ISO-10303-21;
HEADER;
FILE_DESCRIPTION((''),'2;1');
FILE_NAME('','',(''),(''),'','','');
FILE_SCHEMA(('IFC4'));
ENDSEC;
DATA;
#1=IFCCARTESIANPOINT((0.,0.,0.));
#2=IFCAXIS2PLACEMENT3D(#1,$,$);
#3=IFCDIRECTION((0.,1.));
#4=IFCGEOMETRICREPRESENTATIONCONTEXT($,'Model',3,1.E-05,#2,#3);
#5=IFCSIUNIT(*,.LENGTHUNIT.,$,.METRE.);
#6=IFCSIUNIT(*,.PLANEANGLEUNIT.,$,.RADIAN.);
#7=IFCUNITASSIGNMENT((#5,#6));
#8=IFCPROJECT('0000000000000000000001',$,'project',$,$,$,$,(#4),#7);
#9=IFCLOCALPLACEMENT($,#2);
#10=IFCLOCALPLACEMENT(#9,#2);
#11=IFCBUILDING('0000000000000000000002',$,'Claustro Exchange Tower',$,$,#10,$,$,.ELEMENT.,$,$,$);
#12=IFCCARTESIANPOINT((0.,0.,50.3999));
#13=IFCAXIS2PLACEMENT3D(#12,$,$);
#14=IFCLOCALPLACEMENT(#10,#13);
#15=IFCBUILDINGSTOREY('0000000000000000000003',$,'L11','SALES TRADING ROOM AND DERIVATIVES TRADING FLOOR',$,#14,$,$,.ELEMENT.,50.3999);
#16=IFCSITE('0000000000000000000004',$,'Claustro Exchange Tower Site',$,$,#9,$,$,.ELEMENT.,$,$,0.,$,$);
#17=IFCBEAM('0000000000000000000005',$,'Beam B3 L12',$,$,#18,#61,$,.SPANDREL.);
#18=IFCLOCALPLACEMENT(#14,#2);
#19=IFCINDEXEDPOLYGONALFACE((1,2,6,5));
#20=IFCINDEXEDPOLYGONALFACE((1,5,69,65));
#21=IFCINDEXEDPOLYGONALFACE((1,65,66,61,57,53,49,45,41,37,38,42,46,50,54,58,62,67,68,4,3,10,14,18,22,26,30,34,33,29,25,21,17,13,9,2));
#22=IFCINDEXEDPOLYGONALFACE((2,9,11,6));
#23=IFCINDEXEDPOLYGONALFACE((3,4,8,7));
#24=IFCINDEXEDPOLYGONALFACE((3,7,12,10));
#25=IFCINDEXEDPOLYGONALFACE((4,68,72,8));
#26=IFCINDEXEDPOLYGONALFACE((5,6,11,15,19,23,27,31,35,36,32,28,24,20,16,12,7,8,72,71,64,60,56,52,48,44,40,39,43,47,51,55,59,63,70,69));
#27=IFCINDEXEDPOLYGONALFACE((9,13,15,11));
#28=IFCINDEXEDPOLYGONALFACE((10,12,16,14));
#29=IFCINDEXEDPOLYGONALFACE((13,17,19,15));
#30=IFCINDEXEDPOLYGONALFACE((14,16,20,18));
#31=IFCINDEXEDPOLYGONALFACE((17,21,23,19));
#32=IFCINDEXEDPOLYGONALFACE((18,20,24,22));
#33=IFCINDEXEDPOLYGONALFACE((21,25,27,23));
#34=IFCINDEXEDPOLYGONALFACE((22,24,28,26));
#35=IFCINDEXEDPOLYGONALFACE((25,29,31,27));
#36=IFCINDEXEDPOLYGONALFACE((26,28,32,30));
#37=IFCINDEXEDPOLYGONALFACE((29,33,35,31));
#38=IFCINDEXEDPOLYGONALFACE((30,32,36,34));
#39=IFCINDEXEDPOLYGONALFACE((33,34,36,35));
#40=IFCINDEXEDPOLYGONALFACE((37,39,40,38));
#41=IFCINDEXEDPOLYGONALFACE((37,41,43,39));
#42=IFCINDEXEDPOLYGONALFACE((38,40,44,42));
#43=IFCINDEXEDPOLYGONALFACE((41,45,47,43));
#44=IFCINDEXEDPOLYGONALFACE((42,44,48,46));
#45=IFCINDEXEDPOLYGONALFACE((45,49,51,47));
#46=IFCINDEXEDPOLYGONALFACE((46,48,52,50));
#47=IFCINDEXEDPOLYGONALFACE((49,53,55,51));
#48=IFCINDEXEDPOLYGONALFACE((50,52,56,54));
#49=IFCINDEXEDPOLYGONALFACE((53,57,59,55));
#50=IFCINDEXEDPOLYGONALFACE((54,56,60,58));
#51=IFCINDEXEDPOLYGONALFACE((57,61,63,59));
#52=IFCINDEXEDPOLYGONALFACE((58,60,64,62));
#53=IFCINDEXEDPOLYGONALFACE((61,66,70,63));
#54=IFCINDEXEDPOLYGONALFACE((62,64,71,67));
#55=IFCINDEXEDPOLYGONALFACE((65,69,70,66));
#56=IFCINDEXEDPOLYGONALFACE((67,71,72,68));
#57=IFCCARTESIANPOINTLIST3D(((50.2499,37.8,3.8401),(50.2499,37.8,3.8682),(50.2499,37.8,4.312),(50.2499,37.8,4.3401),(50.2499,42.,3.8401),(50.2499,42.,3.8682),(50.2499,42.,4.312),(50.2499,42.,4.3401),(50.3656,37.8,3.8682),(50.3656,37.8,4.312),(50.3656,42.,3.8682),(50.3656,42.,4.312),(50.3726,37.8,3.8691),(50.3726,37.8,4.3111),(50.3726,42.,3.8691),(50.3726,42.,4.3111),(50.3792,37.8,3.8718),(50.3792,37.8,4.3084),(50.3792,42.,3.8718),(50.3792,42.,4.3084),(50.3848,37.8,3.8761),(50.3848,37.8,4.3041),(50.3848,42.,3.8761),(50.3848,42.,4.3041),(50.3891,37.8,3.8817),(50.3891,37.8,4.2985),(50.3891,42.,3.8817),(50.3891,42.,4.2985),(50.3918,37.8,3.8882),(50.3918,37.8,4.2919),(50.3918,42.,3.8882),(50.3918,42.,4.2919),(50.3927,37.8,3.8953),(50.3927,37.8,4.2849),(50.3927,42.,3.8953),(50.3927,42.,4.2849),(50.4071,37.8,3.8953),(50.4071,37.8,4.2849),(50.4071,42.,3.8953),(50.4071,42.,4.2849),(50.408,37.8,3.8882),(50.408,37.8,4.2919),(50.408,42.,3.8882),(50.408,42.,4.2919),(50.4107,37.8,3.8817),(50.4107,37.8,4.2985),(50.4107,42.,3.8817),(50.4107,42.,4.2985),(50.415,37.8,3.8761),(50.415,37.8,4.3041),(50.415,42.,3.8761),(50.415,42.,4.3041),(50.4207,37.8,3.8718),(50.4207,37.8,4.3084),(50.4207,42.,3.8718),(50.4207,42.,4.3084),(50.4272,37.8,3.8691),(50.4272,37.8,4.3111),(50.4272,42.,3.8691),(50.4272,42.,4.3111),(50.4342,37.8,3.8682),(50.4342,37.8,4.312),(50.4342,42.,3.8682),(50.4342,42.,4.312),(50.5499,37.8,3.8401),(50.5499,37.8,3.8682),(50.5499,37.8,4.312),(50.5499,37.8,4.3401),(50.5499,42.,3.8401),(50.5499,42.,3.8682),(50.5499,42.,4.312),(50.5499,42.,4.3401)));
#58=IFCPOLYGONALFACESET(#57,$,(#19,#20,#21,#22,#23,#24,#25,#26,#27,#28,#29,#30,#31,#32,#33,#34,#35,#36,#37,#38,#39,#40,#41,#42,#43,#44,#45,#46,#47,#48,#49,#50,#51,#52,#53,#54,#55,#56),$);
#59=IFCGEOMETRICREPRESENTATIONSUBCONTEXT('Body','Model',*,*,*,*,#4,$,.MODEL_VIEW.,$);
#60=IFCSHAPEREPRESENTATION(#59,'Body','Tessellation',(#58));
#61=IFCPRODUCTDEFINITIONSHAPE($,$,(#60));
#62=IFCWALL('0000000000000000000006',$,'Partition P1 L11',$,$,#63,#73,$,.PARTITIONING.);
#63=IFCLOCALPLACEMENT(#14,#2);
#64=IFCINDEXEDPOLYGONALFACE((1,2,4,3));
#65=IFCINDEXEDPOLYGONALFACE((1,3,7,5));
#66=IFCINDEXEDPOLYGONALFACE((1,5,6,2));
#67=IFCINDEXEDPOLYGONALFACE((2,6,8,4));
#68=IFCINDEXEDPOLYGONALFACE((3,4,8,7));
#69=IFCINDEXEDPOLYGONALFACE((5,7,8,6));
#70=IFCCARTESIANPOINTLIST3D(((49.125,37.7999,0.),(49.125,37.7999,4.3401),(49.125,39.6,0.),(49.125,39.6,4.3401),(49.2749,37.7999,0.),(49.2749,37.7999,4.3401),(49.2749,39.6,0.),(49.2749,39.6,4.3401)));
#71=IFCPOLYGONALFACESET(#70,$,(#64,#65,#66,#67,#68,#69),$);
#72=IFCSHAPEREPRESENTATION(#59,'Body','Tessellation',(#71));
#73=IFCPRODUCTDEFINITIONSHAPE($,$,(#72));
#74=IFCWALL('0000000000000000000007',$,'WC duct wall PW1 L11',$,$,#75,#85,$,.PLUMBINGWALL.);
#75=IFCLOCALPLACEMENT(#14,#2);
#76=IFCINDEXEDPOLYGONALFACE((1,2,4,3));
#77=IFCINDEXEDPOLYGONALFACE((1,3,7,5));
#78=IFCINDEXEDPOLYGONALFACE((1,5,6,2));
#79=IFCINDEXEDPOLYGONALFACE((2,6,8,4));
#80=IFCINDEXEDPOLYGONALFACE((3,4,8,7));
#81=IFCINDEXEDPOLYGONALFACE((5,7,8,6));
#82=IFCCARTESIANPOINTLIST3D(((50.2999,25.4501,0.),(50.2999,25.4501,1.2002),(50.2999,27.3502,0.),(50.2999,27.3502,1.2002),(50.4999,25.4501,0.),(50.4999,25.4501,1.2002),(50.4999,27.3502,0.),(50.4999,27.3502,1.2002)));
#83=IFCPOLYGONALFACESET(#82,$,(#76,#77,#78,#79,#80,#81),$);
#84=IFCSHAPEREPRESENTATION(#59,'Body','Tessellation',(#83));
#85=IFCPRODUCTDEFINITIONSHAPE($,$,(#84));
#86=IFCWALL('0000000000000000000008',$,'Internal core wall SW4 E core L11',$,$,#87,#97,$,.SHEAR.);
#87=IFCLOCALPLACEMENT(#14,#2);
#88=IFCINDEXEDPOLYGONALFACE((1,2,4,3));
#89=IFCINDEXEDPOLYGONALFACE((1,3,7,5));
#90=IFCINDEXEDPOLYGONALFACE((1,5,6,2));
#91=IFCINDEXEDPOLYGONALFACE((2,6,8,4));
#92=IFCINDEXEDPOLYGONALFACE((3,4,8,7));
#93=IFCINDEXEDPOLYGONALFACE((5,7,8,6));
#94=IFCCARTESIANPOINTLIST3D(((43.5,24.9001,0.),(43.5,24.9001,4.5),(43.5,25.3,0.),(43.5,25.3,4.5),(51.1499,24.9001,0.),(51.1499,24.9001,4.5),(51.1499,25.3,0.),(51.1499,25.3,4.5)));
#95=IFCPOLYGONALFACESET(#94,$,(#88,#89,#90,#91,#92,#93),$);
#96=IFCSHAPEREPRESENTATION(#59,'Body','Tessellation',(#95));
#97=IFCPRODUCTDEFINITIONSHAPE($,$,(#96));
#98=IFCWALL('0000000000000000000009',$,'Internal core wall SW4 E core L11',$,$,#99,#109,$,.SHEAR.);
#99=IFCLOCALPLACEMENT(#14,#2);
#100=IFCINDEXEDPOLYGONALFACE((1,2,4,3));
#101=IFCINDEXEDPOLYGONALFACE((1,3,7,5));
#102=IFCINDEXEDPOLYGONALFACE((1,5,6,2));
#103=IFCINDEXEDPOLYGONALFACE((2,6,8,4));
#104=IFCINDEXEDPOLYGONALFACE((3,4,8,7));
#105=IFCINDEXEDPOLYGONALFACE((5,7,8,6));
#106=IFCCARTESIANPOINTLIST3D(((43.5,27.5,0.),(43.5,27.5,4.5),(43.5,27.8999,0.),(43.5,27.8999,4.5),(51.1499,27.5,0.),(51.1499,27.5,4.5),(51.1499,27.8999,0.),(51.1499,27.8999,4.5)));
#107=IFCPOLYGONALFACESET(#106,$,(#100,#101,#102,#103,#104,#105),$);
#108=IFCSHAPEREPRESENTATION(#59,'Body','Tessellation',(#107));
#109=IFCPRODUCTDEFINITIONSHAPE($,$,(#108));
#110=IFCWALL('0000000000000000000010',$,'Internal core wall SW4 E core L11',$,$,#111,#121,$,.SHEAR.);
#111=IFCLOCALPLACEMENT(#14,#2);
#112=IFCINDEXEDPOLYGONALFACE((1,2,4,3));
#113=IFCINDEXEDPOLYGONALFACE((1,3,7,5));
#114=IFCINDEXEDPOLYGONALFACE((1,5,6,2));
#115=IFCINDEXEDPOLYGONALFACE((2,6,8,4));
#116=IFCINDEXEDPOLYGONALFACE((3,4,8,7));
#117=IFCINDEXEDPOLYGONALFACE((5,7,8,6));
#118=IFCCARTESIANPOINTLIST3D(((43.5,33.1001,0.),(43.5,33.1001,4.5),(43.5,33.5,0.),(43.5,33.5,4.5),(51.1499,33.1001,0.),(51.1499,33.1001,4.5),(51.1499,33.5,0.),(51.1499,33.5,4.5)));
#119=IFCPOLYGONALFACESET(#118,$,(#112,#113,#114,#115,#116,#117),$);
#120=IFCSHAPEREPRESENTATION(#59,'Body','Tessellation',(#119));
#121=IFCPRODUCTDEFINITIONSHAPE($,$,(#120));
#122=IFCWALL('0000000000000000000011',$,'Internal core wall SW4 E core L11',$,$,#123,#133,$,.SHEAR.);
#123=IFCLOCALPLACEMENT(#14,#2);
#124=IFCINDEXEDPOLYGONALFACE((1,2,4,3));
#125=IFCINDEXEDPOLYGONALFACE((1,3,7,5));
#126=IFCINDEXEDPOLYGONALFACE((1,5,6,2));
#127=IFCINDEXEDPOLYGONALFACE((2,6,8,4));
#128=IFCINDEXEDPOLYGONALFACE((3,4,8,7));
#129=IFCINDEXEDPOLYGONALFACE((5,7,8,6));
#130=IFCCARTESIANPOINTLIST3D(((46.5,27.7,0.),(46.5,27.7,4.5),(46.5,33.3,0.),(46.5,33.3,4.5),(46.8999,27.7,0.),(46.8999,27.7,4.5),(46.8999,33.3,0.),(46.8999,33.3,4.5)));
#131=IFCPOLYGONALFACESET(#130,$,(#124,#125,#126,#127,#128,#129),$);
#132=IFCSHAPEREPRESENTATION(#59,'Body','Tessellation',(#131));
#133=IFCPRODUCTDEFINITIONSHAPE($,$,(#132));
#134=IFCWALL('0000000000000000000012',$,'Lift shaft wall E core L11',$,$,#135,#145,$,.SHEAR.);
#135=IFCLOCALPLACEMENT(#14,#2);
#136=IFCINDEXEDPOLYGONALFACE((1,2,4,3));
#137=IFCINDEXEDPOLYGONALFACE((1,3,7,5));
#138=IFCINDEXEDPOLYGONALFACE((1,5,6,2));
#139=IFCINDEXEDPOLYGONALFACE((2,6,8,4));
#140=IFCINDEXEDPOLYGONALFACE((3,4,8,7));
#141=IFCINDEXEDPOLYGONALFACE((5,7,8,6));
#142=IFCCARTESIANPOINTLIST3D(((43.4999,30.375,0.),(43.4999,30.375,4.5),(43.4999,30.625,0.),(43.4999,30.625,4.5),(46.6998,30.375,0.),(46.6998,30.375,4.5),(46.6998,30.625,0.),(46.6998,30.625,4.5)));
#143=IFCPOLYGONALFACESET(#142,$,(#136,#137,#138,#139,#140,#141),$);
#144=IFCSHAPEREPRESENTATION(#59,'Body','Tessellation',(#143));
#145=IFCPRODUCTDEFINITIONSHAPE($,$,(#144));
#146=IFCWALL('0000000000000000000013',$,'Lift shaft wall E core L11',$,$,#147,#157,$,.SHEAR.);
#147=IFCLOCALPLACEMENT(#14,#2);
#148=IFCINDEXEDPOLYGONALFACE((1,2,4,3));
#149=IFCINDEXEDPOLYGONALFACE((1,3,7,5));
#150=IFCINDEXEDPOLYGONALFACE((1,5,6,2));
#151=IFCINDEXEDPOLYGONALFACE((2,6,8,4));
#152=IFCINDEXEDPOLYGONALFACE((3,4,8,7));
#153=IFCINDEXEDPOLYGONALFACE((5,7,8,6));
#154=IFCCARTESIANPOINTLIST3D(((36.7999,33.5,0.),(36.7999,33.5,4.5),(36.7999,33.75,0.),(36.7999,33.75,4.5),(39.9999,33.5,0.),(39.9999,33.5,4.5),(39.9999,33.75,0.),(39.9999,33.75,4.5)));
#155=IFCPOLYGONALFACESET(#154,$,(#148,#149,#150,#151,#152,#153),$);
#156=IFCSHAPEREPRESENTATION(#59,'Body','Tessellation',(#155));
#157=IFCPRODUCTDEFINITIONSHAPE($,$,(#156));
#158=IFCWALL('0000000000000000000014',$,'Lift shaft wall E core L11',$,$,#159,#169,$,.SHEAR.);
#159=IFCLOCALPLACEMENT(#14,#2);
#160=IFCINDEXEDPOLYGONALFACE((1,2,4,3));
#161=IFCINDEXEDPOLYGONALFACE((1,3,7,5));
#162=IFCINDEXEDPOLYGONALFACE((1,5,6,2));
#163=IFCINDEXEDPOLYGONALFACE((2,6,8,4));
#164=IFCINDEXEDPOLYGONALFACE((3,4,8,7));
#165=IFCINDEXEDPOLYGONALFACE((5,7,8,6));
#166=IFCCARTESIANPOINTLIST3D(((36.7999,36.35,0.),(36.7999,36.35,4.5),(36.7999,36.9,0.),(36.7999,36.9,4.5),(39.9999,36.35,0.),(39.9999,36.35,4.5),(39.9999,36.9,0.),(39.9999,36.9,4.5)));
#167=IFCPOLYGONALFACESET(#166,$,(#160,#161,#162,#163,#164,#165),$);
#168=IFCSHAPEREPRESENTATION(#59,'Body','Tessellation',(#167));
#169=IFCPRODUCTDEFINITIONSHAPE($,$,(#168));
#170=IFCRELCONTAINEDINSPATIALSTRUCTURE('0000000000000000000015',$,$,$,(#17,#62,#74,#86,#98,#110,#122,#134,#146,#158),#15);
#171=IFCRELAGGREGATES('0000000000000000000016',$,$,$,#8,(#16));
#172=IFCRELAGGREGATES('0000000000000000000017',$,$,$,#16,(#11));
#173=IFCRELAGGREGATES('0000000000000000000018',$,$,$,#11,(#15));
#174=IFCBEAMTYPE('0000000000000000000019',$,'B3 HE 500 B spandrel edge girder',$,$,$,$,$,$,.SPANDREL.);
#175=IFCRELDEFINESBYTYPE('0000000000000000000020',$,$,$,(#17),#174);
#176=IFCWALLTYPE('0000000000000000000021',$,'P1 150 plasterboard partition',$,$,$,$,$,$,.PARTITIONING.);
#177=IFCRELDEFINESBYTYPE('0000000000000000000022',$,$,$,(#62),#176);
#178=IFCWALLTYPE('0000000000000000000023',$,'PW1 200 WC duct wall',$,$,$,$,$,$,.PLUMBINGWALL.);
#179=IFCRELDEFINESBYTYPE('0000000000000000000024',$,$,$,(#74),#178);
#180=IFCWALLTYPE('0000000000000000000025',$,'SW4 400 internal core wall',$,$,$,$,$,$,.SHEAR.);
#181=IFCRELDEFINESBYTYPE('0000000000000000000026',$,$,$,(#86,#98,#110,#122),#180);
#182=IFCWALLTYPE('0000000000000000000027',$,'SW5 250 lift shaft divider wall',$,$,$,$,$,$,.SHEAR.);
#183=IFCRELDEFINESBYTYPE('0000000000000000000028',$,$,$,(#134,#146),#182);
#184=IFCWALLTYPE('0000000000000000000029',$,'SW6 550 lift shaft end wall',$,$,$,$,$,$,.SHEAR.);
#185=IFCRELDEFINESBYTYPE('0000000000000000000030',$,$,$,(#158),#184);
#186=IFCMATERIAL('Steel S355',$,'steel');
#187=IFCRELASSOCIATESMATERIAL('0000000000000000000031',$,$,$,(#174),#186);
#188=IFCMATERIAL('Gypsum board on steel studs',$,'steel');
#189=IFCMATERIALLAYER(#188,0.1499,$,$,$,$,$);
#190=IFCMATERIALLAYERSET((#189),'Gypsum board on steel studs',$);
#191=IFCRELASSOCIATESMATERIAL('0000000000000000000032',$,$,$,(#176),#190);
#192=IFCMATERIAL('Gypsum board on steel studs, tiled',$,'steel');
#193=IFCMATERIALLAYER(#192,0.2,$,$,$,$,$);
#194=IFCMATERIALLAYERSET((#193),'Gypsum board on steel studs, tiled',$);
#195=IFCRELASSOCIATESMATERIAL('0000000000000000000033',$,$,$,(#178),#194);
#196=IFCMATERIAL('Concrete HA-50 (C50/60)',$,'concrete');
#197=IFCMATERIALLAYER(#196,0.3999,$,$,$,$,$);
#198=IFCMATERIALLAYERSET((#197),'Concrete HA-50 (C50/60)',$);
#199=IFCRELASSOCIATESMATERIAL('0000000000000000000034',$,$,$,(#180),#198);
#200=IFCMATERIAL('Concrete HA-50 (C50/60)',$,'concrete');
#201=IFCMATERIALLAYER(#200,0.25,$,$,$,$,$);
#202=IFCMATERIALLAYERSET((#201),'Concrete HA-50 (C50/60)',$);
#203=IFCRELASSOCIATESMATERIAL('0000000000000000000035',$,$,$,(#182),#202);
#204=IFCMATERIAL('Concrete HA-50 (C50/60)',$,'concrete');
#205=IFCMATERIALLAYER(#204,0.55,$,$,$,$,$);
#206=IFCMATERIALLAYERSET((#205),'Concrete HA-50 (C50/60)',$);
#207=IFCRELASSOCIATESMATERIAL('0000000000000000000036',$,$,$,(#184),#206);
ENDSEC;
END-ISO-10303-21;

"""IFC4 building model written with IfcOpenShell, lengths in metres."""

from ifc_helpers import new_model, si_unit, direction, frame, frame_2d, origin, origin_2d, place, context, subcontext, project, spatial, rectangle, i_section, extrude, material, layer, layer_set, material_profile, profile_set, type_object, element, save


model = new_model("IFC4")

# Units and contexts
model_context = context("Model", 3, precision=1e-05, world=origin(), true_north=direction((0.0, 1.0)))
body_context = subcontext(model_context, "Body", "Model", "MODEL_VIEW")
ifc_project = project(units=[si_unit("LENGTHUNIT", "METRE"), si_unit("PLANEANGLEUNIT", "RADIAN")], contexts=[model_context])

# Site, building, storey
site_placement = place(None, origin())
site = spatial("IfcSite", under=ifc_project, at=site_placement, Name="Claustro Exchange Tower Site", CompositionType="ELEMENT", RefElevation=0.0)
building_placement = place(site_placement, origin())
building = spatial("IfcBuilding", under=site, at=building_placement, Name="Claustro Exchange Tower", CompositionType="ELEMENT")
storey_placement = place(building_placement, frame((0.0, 0.0, 50.3999)))
storey = spatial("IfcBuildingStorey", under=building, at=storey_placement, Name="L11", Description="SALES TRADING ROOM AND DERIVATIVES TRADING FLOOR", CompositionType="ELEMENT", Elevation=50.3999)

# Beam
ifc_material_1 = material(Name="Steel S355", Category="steel")
ifc_material_profile_1 = material_profile(ifc_material_1, i_section(OverallWidth=0.3, OverallDepth=0.5, WebThickness=0.0144, FlangeThickness=0.0281, FilletRadius=0.0271, at=origin_2d()), Name="HE 500 B")
ifc_profile_set_1 = profile_set([ifc_material_profile_1], Name="Steel S355")
beam_type_1 = type_object("IfcBeamType", Name="B3 HE 500 B spandrel edge girder", PredefinedType="SPANDREL", material=ifc_profile_set_1)
beam_1_placement = place(storey_placement, frame((50.3999, 37.8, 4.0901), z_axis=(0.0, 1.0, 0.0), x_axis=(-1.0, 0.0, 0.0)))
element("IfcBeam", 1, at=beam_1_placement, inside=storey, type_object=beam_type_1, Name="Beam B3 L12", PredefinedType="SPANDREL", context=body_context, shape_type="SweptSolid", body=[
    extrude(i_section(OverallWidth=0.3, OverallDepth=0.5, WebThickness=0.0144, FlangeThickness=0.0281, FilletRadius=0.0271, at=origin_2d()), origin(), (0.0, 0.0, 1.0), 4.2),
])

# Walls
ifc_material_2 = material(Name="Gypsum board on steel studs", Category="steel")
ifc_layer_1 = layer(ifc_material_2, 0.1499)
ifc_layer_set_1 = layer_set([ifc_layer_1], Name="Gypsum board on steel studs")
wall_type_1 = type_object("IfcWallType", Name="P1 150 plasterboard partition", PredefinedType="PARTITIONING", material=ifc_layer_set_1)
wall_1_placement = place(storey_placement, frame((49.2, 37.8, 0.0), z_axis=(0.0, 0.0, 1.0), x_axis=(0.0, 1.0, 0.0)))
element("IfcWall", 2, at=wall_1_placement, inside=storey, type_object=wall_type_1, Name="Partition P1 L11", PredefinedType="PARTITIONING", context=body_context, shape_type="SweptSolid", body=[
    extrude(rectangle(XDim=1.8, YDim=0.1499, at=frame_2d((0.8999, 0.0))), origin(), (0.0, 0.0, 1.0), 4.3401),
])
ifc_material_3 = material(Name="Gypsum board on steel studs, tiled", Category="steel")
ifc_layer_2 = layer(ifc_material_3, 0.2)
ifc_layer_set_2 = layer_set([ifc_layer_2], Name="Gypsum board on steel studs, tiled")
wall_type_2 = type_object("IfcWallType", Name="PW1 200 WC duct wall", PredefinedType="PLUMBINGWALL", material=ifc_layer_set_2)
wall_2_placement = place(storey_placement, frame((50.3999, 25.45, 0.0), z_axis=(0.0, 0.0, 1.0), x_axis=(0.0, 1.0, 0.0)))
element("IfcWall", 3, at=wall_2_placement, inside=storey, type_object=wall_type_2, Name="WC duct wall PW1 L11", PredefinedType="PLUMBINGWALL", context=body_context, shape_type="SweptSolid", body=[
    extrude(rectangle(XDim=1.9001, YDim=0.2, at=frame_2d((0.9502, 0.0))), origin(), (0.0, 0.0, 1.0), 1.2002),
])
ifc_material_4 = material(Name="Concrete HA-50 (C50/60)", Category="concrete")
ifc_layer_3 = layer(ifc_material_4, 0.3999)
ifc_layer_set_3 = layer_set([ifc_layer_3], Name="Concrete HA-50 (C50/60)")
wall_type_3 = type_object("IfcWallType", Name="SW4 400 internal core wall", PredefinedType="SHEAR", material=ifc_layer_set_3)
for number, where, z_axis, x_axis, name in (
    (4, (51.1499, 25.1001, 0.0), (0.0, 0.0, 1.0), (-1.0, 0.0, 0.0), "Internal core wall SW4 E core L11"),
    (5, (51.1499, 27.7, 0.0), (0.0, 0.0, 1.0), (-1.0, 0.0, 0.0), "Internal core wall SW4 E core L11"),
    (6, (51.1499, 33.3, 0.0), (0.0, 0.0, 1.0), (-1.0, 0.0, 0.0), "Internal core wall SW4 E core L11"),
):
    element("IfcWall", number, at=place(storey_placement, frame(where, z_axis=z_axis, x_axis=x_axis)), inside=storey, type_object=wall_type_3, Name=name, PredefinedType="SHEAR", context=body_context, shape_type="SweptSolid", body=[
        extrude(rectangle(XDim=7.6499, YDim=0.3999, at=frame_2d((3.825, 0.0))), origin(), (0.0, 0.0, 1.0), 4.5),
    ])
wall_3_placement = place(storey_placement, frame((46.7, 27.7, 0.0), z_axis=(0.0, 0.0, 1.0), x_axis=(0.0, 1.0, 0.0)))
element("IfcWall", 7, at=wall_3_placement, inside=storey, type_object=wall_type_3, Name="Internal core wall SW4 E core L11", PredefinedType="SHEAR", context=body_context, shape_type="SweptSolid", body=[
    extrude(rectangle(XDim=5.6001, YDim=0.3999, at=frame_2d((2.8, 0.0))), origin(), (0.0, 0.0, 1.0), 4.5),
])
ifc_material_5 = material(Name="Concrete HA-50 (C50/60)", Category="concrete")
ifc_layer_4 = layer(ifc_material_5, 0.25)
ifc_layer_set_4 = layer_set([ifc_layer_4], Name="Concrete HA-50 (C50/60)")
wall_type_4 = type_object("IfcWallType", Name="SW5 250 lift shaft divider wall", PredefinedType="SHEAR", material=ifc_layer_set_4)
for number, where, z_axis, x_axis, name in (
    (8, (46.7, 30.5, 0.0), (0.0, 0.0, 1.0), (-1.0, 0.0, 0.0), "Lift shaft wall E core L11"),
    (9, (40.0, 33.625, 0.0), (0.0, 0.0, 1.0), (-1.0, 0.0, 0.0), "Lift shaft wall E core L11"),
):
    element("IfcWall", number, at=place(storey_placement, frame(where, z_axis=z_axis, x_axis=x_axis)), inside=storey, type_object=wall_type_4, Name=name, PredefinedType="SHEAR", context=body_context, shape_type="SweptSolid", body=[
        extrude(rectangle(XDim=3.2, YDim=0.25, at=frame_2d((1.6001, 0.0))), origin(), (0.0, 0.0, 1.0), 4.5),
    ])
ifc_material_6 = material(Name="Concrete HA-50 (C50/60)", Category="concrete")
ifc_layer_5 = layer(ifc_material_6, 0.55)
ifc_layer_set_5 = layer_set([ifc_layer_5], Name="Concrete HA-50 (C50/60)")
wall_type_5 = type_object("IfcWallType", Name="SW6 550 lift shaft end wall", PredefinedType="SHEAR", material=ifc_layer_set_5)
wall_4_placement = place(storey_placement, frame((40.0, 36.625, 0.0), z_axis=(0.0, 0.0, 1.0), x_axis=(-1.0, 0.0, 0.0)))
element("IfcWall", 10, at=wall_4_placement, inside=storey, type_object=wall_type_5, Name="Lift shaft wall E core L11", PredefinedType="SHEAR", context=body_context, shape_type="SweptSolid", body=[
    extrude(rectangle(XDim=3.2, YDim=0.55, at=frame_2d((1.6001, 0.0))), origin(), (0.0, 0.0, 1.0), 4.5),
])

save(model, "model.ifc")
